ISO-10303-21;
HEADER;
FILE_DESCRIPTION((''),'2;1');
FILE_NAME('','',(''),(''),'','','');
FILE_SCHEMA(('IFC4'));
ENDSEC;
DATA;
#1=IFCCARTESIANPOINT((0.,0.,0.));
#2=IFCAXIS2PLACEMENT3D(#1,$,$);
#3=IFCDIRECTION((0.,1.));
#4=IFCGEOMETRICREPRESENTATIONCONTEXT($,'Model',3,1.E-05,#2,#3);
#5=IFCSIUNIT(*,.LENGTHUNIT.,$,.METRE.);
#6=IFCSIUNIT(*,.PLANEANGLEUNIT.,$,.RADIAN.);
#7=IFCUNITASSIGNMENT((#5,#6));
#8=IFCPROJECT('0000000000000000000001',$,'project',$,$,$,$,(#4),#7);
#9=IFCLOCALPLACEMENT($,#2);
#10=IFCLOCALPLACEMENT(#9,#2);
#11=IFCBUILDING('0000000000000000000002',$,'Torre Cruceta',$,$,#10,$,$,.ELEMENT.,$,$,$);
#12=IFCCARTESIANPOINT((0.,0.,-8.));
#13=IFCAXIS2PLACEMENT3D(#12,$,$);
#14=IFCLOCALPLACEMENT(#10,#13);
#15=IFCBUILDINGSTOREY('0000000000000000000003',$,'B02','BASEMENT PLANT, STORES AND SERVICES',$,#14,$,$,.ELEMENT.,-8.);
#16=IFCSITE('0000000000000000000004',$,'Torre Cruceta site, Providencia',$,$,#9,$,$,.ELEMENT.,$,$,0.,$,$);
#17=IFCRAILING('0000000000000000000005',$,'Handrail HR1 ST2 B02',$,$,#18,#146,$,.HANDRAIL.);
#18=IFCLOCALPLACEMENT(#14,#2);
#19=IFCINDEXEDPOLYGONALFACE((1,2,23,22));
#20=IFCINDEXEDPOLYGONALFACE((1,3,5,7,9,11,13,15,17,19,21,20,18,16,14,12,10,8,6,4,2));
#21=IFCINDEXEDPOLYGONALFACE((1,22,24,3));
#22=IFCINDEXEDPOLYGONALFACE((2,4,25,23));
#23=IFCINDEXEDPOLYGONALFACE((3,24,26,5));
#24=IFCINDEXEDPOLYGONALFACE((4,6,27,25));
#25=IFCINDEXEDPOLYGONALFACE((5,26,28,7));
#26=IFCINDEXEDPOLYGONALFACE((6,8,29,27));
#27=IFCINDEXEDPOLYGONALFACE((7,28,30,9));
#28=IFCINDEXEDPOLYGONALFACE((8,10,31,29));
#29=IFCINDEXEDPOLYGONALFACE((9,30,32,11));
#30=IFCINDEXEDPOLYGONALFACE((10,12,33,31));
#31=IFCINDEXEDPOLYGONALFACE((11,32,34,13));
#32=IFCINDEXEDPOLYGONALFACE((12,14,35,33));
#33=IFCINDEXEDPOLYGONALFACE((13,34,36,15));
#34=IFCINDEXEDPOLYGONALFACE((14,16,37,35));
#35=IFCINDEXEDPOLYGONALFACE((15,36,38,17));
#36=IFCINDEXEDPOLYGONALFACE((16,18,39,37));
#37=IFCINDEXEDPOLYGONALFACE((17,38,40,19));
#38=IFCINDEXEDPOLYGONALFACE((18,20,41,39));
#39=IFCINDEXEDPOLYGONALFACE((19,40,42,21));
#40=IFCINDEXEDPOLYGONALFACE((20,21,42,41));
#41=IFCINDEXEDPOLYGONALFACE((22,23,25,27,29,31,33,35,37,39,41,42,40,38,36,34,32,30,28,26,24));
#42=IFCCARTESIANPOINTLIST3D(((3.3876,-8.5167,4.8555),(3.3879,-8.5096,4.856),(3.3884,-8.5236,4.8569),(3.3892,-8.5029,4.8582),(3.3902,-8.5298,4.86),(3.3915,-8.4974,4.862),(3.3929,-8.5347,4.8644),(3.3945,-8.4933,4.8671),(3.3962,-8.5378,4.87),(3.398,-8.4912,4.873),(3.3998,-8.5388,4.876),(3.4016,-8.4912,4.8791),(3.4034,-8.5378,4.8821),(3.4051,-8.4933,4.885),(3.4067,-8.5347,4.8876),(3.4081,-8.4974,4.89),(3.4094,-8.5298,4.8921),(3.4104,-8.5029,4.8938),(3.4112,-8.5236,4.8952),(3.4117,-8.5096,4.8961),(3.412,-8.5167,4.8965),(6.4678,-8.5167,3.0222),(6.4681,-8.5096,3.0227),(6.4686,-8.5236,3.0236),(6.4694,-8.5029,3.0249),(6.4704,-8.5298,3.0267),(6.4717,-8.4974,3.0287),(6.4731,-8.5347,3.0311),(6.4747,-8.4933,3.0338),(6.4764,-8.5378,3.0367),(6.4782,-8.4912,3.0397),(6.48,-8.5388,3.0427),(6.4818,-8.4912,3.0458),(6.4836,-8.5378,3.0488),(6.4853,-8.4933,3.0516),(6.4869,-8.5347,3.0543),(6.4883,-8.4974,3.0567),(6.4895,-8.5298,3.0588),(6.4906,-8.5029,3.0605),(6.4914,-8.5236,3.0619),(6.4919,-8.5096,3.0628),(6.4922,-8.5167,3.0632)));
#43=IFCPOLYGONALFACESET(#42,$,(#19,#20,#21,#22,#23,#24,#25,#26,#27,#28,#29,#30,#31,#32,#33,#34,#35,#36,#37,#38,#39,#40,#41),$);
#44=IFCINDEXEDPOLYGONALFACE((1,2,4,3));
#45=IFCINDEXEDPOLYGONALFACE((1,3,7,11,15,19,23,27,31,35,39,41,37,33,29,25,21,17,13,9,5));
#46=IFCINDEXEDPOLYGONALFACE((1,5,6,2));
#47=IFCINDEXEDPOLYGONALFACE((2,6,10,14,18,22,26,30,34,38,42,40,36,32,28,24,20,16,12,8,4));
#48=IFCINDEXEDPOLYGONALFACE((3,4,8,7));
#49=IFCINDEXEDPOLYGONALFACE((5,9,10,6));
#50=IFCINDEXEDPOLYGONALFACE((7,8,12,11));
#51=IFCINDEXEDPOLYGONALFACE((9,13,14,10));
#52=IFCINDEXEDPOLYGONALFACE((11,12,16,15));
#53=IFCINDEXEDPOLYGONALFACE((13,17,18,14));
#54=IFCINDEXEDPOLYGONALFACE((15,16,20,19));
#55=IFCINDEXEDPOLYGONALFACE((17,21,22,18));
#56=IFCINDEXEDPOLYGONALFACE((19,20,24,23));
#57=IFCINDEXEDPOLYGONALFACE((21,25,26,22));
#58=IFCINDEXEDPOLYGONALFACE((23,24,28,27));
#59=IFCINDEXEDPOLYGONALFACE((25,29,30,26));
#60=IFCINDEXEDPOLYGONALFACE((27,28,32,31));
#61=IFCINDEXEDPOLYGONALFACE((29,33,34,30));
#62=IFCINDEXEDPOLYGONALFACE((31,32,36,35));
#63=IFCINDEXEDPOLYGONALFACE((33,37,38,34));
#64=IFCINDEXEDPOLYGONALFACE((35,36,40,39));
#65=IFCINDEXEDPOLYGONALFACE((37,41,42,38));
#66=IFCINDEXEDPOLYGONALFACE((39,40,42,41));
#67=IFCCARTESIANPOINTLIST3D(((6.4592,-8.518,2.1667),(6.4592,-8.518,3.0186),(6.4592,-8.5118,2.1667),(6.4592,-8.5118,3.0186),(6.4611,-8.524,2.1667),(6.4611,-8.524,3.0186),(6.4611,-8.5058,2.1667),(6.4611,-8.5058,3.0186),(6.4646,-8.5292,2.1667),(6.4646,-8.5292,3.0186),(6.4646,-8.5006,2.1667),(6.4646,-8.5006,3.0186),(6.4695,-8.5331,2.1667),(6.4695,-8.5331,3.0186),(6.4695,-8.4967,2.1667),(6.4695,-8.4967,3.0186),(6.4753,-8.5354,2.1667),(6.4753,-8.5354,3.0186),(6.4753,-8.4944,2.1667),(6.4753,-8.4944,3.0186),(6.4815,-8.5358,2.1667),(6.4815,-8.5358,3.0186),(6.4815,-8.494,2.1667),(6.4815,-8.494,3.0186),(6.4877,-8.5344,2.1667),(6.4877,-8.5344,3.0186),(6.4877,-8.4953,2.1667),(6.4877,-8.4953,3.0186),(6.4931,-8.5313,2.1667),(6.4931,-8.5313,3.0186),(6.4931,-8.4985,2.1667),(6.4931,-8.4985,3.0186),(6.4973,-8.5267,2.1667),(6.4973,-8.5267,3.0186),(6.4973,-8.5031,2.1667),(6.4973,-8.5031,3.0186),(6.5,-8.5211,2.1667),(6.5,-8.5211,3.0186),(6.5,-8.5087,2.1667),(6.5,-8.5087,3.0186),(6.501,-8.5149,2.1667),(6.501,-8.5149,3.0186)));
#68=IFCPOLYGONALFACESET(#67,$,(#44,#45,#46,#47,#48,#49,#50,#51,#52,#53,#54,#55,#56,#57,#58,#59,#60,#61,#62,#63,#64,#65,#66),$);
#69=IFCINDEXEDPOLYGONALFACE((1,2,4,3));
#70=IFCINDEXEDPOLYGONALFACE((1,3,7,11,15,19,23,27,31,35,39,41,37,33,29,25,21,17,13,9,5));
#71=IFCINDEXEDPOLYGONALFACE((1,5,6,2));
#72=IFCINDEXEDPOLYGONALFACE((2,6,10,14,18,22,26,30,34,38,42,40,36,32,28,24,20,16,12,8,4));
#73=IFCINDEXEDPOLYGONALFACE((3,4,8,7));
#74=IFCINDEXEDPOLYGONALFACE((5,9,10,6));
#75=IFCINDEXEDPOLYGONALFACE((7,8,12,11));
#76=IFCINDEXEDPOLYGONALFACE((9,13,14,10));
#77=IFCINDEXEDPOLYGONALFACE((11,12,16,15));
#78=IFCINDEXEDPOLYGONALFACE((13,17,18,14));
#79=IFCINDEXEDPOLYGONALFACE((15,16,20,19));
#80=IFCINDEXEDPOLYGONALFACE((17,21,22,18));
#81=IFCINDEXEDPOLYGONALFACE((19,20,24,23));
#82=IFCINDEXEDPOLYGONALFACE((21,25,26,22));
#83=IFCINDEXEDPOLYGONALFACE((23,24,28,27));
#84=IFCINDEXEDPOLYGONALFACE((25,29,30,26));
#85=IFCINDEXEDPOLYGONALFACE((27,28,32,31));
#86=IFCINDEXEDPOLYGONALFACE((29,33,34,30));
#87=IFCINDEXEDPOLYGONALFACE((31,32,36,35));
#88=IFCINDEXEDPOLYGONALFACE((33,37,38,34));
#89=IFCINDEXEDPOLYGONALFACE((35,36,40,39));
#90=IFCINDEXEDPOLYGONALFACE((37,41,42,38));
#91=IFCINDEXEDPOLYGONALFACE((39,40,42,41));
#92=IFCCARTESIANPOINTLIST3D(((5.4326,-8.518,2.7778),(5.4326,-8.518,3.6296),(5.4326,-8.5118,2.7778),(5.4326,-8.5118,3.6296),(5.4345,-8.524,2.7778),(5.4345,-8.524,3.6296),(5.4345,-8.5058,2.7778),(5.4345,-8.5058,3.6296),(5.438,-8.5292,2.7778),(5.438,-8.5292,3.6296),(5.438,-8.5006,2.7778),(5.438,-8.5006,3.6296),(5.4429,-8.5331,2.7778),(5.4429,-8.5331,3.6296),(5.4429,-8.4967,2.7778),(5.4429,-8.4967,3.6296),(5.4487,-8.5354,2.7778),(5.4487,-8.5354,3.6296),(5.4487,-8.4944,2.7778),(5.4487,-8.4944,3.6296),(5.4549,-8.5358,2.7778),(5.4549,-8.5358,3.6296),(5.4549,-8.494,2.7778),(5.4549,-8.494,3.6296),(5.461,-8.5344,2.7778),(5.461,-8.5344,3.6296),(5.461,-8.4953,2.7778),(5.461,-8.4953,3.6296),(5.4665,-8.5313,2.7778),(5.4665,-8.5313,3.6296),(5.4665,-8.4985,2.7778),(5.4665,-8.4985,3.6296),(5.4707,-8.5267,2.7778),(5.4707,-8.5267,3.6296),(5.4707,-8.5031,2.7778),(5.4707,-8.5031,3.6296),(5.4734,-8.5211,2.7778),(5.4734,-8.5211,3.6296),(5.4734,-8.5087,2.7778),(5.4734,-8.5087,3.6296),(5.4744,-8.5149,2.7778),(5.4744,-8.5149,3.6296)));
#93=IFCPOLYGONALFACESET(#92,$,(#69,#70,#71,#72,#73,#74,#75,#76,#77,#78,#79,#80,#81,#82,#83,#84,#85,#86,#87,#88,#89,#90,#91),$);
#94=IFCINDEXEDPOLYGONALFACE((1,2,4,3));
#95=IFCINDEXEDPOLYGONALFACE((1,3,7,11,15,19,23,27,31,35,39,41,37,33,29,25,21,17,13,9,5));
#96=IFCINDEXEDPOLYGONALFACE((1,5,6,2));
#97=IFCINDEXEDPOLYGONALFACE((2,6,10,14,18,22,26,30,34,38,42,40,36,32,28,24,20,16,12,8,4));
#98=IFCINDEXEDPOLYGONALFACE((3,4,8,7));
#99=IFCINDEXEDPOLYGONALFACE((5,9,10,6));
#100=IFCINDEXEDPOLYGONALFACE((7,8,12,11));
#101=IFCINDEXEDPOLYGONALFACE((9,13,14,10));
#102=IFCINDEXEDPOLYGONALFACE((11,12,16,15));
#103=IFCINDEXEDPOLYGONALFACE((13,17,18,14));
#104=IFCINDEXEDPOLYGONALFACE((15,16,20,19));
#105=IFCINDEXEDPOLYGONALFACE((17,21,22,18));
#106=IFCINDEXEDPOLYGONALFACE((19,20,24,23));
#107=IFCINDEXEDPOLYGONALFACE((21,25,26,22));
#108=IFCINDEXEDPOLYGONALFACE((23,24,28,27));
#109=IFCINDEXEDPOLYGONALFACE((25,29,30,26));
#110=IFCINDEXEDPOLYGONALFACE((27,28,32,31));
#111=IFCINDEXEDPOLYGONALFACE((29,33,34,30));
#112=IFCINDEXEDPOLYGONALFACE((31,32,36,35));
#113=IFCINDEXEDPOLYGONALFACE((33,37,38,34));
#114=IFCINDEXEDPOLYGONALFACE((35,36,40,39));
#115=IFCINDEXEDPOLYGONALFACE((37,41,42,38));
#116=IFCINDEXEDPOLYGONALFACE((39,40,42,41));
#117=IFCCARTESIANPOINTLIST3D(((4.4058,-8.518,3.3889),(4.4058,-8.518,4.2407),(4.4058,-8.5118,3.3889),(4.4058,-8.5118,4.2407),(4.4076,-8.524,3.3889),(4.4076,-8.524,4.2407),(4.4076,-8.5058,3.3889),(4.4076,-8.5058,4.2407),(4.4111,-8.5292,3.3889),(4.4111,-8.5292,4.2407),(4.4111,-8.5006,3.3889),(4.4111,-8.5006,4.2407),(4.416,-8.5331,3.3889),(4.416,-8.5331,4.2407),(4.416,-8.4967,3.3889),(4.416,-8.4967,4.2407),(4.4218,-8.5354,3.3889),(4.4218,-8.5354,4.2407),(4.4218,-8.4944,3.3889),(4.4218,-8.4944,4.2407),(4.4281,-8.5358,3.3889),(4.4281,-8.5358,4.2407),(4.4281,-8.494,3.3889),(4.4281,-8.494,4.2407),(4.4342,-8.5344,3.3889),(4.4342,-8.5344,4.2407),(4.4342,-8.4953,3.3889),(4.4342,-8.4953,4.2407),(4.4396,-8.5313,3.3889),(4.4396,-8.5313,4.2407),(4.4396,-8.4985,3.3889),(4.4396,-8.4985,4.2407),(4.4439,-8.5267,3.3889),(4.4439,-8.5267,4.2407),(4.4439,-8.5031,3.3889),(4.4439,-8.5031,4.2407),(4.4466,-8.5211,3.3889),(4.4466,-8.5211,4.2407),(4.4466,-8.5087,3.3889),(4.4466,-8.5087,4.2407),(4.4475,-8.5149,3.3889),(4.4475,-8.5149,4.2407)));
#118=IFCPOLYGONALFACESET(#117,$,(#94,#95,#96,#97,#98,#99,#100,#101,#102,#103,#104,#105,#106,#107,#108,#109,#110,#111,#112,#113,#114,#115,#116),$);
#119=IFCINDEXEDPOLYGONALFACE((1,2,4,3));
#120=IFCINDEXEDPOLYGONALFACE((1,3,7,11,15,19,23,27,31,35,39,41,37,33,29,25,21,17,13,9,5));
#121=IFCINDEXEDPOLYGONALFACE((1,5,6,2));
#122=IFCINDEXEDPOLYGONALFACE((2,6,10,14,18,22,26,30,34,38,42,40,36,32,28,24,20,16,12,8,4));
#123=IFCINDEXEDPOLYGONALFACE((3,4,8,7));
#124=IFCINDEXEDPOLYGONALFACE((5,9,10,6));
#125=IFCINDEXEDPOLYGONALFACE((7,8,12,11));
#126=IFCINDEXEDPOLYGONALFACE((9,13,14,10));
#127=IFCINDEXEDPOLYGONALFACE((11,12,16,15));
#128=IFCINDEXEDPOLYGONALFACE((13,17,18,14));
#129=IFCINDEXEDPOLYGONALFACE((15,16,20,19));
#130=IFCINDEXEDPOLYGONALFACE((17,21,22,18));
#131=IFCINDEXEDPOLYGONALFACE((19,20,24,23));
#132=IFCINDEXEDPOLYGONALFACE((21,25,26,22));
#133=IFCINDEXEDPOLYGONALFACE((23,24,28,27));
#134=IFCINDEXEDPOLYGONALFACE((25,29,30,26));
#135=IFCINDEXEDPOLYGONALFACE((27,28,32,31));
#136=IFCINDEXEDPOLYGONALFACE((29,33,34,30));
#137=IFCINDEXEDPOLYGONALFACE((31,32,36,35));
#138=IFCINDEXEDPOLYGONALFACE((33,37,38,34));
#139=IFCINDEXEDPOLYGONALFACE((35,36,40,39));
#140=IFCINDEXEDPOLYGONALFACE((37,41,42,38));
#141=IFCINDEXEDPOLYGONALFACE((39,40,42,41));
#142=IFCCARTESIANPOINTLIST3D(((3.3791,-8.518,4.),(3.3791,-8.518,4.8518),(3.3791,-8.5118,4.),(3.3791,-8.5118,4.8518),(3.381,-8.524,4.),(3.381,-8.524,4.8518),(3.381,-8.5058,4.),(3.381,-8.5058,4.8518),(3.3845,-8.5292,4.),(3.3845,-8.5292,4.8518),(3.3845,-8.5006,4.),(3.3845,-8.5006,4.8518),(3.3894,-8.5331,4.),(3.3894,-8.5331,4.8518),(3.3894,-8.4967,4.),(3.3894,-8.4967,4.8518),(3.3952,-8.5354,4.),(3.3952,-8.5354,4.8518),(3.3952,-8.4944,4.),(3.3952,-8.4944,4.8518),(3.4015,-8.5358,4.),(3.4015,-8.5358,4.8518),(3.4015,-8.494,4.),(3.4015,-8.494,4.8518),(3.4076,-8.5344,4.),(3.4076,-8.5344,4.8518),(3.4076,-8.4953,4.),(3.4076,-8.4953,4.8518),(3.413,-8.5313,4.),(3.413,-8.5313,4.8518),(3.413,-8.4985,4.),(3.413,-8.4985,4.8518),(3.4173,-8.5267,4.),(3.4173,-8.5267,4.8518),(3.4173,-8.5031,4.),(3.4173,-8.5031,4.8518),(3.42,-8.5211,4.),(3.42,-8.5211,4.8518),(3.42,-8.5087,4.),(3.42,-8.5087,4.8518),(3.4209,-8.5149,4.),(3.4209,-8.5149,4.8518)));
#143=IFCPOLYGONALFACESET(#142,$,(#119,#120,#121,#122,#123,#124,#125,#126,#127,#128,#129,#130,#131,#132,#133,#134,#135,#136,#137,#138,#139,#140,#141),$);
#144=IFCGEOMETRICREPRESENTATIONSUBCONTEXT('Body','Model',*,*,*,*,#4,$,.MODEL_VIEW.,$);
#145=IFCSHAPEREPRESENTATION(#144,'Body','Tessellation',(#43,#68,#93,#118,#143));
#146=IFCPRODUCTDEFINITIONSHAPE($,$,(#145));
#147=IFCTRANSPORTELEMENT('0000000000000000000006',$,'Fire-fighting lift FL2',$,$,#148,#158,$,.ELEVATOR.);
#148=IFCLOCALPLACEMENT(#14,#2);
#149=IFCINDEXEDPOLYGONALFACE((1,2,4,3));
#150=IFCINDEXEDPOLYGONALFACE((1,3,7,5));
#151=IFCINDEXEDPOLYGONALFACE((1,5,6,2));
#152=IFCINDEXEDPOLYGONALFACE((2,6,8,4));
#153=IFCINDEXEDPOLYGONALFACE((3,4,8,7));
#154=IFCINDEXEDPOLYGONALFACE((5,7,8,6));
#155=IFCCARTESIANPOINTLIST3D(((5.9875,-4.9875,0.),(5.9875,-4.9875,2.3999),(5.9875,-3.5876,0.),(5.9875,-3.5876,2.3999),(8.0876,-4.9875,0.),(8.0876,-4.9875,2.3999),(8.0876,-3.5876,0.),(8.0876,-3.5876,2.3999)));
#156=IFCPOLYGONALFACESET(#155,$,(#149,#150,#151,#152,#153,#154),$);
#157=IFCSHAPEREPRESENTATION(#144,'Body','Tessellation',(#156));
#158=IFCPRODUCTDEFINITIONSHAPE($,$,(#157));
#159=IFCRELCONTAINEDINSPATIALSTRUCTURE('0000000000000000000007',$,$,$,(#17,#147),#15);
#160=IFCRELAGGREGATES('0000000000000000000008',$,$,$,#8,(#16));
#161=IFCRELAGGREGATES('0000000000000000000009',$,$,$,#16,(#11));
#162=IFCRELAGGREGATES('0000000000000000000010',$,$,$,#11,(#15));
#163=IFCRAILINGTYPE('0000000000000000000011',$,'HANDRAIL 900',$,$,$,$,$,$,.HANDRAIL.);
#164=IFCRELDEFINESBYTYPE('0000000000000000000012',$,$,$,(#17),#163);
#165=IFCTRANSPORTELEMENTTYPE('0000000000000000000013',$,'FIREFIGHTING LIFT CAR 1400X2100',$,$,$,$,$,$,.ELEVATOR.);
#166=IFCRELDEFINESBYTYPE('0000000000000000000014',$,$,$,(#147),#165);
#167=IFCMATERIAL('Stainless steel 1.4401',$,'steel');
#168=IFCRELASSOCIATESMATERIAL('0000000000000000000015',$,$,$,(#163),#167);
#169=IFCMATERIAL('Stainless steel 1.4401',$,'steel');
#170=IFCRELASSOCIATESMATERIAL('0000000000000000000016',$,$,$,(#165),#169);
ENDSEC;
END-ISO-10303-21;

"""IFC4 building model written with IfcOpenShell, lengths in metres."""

from ifc_helpers import new_model, si_unit, direction, frame, origin, origin_2d, place, context, subcontext, project, spatial, rectangle, circle, extrude, material, type_object, element, save


model = new_model("IFC4")

# Units and contexts
model_context = context("Model", 3, precision=1e-05, world=origin(), true_north=direction((0.0, 1.0)))
body_context = subcontext(model_context, "Body", "Model", "MODEL_VIEW")
ifc_project = project(units=[si_unit("LENGTHUNIT", "METRE"), si_unit("PLANEANGLEUNIT", "RADIAN")], contexts=[model_context])

# Site, building, storey
site_placement = place(None, origin())
site = spatial("IfcSite", under=ifc_project, at=site_placement, Name="Torre Cruceta site, Providencia", CompositionType="ELEMENT", RefElevation=0.0)
building_placement = place(site_placement, origin())
building = spatial("IfcBuilding", under=site, at=building_placement, Name="Torre Cruceta", CompositionType="ELEMENT")
storey_placement = place(building_placement, frame((0.0, 0.0, -8.0)))
storey = spatial("IfcBuildingStorey", under=building, at=storey_placement, Name="B02", Description="BASEMENT PLANT, STORES AND SERVICES", CompositionType="ELEMENT", Elevation=-8.0)

# Railing
ifc_material_1 = material(Name="Stainless steel 1.4401", Category="steel")
railing_type = type_object("IfcRailingType", Name="HANDRAIL 900", PredefinedType="HANDRAIL", material=ifc_material_1)
railing_1_placement = place(storey_placement, frame((6.48, -8.5149, 2.1667)))
element("IfcRailing", 1, at=railing_1_placement, inside=storey, type_object=railing_type, Name="Handrail HR1 ST2 B02", PredefinedType="HANDRAIL", context=body_context, shape_type="SweptSolid", body=[
    extrude(circle(Radius=0.0239, at=origin_2d()), frame((0.0, 0.0, 0.876), z_axis=(-0.859309, 0.0, 0.511458), x_axis=(0.0, -1.0, 0.0)), (0.0, 0.0, 1.0), 3.5845),
    extrude(circle(Radius=0.021, at=origin_2d()), origin(), (0.0, 0.0, 1.0), 0.8518),
    extrude(circle(Radius=0.021, at=origin_2d()), frame((-1.0266, 0.0, 0.6111)), (0.0, 0.0, 1.0), 0.8518),
    extrude(circle(Radius=0.021, at=origin_2d()), frame((-2.0535, 0.0, 1.2222)), (0.0, 0.0, 1.0), 0.8518),
    extrude(circle(Radius=0.021, at=origin_2d()), frame((-3.0801, 0.0, 1.8333)), (0.0, 0.0, 1.0), 0.8518),
])

# Transport element
ifc_material_2 = material(Name="Stainless steel 1.4401", Category="steel")
transport_element_type = type_object("IfcTransportElementType", Name="FIREFIGHTING LIFT CAR 1400X2100", PredefinedType="ELEVATOR", material=ifc_material_2)
transport_element_placement = place(storey_placement, frame((7.0376, -4.2876, 0.0), z_axis=(0.0, 0.0, 1.0), x_axis=(1.0, 0.0, 0.0)))
element("IfcTransportElement", 2, at=transport_element_placement, inside=storey, type_object=transport_element_type, Name="Fire-fighting lift FL2", PredefinedType="ELEVATOR", context=body_context, shape_type="SweptSolid", body=[
    extrude(rectangle(XDim=2.1001, YDim=1.3999, at=origin_2d()), origin(), (0.0, 0.0, 1.0), 2.3999),
])

save(model, "model.ifc")
